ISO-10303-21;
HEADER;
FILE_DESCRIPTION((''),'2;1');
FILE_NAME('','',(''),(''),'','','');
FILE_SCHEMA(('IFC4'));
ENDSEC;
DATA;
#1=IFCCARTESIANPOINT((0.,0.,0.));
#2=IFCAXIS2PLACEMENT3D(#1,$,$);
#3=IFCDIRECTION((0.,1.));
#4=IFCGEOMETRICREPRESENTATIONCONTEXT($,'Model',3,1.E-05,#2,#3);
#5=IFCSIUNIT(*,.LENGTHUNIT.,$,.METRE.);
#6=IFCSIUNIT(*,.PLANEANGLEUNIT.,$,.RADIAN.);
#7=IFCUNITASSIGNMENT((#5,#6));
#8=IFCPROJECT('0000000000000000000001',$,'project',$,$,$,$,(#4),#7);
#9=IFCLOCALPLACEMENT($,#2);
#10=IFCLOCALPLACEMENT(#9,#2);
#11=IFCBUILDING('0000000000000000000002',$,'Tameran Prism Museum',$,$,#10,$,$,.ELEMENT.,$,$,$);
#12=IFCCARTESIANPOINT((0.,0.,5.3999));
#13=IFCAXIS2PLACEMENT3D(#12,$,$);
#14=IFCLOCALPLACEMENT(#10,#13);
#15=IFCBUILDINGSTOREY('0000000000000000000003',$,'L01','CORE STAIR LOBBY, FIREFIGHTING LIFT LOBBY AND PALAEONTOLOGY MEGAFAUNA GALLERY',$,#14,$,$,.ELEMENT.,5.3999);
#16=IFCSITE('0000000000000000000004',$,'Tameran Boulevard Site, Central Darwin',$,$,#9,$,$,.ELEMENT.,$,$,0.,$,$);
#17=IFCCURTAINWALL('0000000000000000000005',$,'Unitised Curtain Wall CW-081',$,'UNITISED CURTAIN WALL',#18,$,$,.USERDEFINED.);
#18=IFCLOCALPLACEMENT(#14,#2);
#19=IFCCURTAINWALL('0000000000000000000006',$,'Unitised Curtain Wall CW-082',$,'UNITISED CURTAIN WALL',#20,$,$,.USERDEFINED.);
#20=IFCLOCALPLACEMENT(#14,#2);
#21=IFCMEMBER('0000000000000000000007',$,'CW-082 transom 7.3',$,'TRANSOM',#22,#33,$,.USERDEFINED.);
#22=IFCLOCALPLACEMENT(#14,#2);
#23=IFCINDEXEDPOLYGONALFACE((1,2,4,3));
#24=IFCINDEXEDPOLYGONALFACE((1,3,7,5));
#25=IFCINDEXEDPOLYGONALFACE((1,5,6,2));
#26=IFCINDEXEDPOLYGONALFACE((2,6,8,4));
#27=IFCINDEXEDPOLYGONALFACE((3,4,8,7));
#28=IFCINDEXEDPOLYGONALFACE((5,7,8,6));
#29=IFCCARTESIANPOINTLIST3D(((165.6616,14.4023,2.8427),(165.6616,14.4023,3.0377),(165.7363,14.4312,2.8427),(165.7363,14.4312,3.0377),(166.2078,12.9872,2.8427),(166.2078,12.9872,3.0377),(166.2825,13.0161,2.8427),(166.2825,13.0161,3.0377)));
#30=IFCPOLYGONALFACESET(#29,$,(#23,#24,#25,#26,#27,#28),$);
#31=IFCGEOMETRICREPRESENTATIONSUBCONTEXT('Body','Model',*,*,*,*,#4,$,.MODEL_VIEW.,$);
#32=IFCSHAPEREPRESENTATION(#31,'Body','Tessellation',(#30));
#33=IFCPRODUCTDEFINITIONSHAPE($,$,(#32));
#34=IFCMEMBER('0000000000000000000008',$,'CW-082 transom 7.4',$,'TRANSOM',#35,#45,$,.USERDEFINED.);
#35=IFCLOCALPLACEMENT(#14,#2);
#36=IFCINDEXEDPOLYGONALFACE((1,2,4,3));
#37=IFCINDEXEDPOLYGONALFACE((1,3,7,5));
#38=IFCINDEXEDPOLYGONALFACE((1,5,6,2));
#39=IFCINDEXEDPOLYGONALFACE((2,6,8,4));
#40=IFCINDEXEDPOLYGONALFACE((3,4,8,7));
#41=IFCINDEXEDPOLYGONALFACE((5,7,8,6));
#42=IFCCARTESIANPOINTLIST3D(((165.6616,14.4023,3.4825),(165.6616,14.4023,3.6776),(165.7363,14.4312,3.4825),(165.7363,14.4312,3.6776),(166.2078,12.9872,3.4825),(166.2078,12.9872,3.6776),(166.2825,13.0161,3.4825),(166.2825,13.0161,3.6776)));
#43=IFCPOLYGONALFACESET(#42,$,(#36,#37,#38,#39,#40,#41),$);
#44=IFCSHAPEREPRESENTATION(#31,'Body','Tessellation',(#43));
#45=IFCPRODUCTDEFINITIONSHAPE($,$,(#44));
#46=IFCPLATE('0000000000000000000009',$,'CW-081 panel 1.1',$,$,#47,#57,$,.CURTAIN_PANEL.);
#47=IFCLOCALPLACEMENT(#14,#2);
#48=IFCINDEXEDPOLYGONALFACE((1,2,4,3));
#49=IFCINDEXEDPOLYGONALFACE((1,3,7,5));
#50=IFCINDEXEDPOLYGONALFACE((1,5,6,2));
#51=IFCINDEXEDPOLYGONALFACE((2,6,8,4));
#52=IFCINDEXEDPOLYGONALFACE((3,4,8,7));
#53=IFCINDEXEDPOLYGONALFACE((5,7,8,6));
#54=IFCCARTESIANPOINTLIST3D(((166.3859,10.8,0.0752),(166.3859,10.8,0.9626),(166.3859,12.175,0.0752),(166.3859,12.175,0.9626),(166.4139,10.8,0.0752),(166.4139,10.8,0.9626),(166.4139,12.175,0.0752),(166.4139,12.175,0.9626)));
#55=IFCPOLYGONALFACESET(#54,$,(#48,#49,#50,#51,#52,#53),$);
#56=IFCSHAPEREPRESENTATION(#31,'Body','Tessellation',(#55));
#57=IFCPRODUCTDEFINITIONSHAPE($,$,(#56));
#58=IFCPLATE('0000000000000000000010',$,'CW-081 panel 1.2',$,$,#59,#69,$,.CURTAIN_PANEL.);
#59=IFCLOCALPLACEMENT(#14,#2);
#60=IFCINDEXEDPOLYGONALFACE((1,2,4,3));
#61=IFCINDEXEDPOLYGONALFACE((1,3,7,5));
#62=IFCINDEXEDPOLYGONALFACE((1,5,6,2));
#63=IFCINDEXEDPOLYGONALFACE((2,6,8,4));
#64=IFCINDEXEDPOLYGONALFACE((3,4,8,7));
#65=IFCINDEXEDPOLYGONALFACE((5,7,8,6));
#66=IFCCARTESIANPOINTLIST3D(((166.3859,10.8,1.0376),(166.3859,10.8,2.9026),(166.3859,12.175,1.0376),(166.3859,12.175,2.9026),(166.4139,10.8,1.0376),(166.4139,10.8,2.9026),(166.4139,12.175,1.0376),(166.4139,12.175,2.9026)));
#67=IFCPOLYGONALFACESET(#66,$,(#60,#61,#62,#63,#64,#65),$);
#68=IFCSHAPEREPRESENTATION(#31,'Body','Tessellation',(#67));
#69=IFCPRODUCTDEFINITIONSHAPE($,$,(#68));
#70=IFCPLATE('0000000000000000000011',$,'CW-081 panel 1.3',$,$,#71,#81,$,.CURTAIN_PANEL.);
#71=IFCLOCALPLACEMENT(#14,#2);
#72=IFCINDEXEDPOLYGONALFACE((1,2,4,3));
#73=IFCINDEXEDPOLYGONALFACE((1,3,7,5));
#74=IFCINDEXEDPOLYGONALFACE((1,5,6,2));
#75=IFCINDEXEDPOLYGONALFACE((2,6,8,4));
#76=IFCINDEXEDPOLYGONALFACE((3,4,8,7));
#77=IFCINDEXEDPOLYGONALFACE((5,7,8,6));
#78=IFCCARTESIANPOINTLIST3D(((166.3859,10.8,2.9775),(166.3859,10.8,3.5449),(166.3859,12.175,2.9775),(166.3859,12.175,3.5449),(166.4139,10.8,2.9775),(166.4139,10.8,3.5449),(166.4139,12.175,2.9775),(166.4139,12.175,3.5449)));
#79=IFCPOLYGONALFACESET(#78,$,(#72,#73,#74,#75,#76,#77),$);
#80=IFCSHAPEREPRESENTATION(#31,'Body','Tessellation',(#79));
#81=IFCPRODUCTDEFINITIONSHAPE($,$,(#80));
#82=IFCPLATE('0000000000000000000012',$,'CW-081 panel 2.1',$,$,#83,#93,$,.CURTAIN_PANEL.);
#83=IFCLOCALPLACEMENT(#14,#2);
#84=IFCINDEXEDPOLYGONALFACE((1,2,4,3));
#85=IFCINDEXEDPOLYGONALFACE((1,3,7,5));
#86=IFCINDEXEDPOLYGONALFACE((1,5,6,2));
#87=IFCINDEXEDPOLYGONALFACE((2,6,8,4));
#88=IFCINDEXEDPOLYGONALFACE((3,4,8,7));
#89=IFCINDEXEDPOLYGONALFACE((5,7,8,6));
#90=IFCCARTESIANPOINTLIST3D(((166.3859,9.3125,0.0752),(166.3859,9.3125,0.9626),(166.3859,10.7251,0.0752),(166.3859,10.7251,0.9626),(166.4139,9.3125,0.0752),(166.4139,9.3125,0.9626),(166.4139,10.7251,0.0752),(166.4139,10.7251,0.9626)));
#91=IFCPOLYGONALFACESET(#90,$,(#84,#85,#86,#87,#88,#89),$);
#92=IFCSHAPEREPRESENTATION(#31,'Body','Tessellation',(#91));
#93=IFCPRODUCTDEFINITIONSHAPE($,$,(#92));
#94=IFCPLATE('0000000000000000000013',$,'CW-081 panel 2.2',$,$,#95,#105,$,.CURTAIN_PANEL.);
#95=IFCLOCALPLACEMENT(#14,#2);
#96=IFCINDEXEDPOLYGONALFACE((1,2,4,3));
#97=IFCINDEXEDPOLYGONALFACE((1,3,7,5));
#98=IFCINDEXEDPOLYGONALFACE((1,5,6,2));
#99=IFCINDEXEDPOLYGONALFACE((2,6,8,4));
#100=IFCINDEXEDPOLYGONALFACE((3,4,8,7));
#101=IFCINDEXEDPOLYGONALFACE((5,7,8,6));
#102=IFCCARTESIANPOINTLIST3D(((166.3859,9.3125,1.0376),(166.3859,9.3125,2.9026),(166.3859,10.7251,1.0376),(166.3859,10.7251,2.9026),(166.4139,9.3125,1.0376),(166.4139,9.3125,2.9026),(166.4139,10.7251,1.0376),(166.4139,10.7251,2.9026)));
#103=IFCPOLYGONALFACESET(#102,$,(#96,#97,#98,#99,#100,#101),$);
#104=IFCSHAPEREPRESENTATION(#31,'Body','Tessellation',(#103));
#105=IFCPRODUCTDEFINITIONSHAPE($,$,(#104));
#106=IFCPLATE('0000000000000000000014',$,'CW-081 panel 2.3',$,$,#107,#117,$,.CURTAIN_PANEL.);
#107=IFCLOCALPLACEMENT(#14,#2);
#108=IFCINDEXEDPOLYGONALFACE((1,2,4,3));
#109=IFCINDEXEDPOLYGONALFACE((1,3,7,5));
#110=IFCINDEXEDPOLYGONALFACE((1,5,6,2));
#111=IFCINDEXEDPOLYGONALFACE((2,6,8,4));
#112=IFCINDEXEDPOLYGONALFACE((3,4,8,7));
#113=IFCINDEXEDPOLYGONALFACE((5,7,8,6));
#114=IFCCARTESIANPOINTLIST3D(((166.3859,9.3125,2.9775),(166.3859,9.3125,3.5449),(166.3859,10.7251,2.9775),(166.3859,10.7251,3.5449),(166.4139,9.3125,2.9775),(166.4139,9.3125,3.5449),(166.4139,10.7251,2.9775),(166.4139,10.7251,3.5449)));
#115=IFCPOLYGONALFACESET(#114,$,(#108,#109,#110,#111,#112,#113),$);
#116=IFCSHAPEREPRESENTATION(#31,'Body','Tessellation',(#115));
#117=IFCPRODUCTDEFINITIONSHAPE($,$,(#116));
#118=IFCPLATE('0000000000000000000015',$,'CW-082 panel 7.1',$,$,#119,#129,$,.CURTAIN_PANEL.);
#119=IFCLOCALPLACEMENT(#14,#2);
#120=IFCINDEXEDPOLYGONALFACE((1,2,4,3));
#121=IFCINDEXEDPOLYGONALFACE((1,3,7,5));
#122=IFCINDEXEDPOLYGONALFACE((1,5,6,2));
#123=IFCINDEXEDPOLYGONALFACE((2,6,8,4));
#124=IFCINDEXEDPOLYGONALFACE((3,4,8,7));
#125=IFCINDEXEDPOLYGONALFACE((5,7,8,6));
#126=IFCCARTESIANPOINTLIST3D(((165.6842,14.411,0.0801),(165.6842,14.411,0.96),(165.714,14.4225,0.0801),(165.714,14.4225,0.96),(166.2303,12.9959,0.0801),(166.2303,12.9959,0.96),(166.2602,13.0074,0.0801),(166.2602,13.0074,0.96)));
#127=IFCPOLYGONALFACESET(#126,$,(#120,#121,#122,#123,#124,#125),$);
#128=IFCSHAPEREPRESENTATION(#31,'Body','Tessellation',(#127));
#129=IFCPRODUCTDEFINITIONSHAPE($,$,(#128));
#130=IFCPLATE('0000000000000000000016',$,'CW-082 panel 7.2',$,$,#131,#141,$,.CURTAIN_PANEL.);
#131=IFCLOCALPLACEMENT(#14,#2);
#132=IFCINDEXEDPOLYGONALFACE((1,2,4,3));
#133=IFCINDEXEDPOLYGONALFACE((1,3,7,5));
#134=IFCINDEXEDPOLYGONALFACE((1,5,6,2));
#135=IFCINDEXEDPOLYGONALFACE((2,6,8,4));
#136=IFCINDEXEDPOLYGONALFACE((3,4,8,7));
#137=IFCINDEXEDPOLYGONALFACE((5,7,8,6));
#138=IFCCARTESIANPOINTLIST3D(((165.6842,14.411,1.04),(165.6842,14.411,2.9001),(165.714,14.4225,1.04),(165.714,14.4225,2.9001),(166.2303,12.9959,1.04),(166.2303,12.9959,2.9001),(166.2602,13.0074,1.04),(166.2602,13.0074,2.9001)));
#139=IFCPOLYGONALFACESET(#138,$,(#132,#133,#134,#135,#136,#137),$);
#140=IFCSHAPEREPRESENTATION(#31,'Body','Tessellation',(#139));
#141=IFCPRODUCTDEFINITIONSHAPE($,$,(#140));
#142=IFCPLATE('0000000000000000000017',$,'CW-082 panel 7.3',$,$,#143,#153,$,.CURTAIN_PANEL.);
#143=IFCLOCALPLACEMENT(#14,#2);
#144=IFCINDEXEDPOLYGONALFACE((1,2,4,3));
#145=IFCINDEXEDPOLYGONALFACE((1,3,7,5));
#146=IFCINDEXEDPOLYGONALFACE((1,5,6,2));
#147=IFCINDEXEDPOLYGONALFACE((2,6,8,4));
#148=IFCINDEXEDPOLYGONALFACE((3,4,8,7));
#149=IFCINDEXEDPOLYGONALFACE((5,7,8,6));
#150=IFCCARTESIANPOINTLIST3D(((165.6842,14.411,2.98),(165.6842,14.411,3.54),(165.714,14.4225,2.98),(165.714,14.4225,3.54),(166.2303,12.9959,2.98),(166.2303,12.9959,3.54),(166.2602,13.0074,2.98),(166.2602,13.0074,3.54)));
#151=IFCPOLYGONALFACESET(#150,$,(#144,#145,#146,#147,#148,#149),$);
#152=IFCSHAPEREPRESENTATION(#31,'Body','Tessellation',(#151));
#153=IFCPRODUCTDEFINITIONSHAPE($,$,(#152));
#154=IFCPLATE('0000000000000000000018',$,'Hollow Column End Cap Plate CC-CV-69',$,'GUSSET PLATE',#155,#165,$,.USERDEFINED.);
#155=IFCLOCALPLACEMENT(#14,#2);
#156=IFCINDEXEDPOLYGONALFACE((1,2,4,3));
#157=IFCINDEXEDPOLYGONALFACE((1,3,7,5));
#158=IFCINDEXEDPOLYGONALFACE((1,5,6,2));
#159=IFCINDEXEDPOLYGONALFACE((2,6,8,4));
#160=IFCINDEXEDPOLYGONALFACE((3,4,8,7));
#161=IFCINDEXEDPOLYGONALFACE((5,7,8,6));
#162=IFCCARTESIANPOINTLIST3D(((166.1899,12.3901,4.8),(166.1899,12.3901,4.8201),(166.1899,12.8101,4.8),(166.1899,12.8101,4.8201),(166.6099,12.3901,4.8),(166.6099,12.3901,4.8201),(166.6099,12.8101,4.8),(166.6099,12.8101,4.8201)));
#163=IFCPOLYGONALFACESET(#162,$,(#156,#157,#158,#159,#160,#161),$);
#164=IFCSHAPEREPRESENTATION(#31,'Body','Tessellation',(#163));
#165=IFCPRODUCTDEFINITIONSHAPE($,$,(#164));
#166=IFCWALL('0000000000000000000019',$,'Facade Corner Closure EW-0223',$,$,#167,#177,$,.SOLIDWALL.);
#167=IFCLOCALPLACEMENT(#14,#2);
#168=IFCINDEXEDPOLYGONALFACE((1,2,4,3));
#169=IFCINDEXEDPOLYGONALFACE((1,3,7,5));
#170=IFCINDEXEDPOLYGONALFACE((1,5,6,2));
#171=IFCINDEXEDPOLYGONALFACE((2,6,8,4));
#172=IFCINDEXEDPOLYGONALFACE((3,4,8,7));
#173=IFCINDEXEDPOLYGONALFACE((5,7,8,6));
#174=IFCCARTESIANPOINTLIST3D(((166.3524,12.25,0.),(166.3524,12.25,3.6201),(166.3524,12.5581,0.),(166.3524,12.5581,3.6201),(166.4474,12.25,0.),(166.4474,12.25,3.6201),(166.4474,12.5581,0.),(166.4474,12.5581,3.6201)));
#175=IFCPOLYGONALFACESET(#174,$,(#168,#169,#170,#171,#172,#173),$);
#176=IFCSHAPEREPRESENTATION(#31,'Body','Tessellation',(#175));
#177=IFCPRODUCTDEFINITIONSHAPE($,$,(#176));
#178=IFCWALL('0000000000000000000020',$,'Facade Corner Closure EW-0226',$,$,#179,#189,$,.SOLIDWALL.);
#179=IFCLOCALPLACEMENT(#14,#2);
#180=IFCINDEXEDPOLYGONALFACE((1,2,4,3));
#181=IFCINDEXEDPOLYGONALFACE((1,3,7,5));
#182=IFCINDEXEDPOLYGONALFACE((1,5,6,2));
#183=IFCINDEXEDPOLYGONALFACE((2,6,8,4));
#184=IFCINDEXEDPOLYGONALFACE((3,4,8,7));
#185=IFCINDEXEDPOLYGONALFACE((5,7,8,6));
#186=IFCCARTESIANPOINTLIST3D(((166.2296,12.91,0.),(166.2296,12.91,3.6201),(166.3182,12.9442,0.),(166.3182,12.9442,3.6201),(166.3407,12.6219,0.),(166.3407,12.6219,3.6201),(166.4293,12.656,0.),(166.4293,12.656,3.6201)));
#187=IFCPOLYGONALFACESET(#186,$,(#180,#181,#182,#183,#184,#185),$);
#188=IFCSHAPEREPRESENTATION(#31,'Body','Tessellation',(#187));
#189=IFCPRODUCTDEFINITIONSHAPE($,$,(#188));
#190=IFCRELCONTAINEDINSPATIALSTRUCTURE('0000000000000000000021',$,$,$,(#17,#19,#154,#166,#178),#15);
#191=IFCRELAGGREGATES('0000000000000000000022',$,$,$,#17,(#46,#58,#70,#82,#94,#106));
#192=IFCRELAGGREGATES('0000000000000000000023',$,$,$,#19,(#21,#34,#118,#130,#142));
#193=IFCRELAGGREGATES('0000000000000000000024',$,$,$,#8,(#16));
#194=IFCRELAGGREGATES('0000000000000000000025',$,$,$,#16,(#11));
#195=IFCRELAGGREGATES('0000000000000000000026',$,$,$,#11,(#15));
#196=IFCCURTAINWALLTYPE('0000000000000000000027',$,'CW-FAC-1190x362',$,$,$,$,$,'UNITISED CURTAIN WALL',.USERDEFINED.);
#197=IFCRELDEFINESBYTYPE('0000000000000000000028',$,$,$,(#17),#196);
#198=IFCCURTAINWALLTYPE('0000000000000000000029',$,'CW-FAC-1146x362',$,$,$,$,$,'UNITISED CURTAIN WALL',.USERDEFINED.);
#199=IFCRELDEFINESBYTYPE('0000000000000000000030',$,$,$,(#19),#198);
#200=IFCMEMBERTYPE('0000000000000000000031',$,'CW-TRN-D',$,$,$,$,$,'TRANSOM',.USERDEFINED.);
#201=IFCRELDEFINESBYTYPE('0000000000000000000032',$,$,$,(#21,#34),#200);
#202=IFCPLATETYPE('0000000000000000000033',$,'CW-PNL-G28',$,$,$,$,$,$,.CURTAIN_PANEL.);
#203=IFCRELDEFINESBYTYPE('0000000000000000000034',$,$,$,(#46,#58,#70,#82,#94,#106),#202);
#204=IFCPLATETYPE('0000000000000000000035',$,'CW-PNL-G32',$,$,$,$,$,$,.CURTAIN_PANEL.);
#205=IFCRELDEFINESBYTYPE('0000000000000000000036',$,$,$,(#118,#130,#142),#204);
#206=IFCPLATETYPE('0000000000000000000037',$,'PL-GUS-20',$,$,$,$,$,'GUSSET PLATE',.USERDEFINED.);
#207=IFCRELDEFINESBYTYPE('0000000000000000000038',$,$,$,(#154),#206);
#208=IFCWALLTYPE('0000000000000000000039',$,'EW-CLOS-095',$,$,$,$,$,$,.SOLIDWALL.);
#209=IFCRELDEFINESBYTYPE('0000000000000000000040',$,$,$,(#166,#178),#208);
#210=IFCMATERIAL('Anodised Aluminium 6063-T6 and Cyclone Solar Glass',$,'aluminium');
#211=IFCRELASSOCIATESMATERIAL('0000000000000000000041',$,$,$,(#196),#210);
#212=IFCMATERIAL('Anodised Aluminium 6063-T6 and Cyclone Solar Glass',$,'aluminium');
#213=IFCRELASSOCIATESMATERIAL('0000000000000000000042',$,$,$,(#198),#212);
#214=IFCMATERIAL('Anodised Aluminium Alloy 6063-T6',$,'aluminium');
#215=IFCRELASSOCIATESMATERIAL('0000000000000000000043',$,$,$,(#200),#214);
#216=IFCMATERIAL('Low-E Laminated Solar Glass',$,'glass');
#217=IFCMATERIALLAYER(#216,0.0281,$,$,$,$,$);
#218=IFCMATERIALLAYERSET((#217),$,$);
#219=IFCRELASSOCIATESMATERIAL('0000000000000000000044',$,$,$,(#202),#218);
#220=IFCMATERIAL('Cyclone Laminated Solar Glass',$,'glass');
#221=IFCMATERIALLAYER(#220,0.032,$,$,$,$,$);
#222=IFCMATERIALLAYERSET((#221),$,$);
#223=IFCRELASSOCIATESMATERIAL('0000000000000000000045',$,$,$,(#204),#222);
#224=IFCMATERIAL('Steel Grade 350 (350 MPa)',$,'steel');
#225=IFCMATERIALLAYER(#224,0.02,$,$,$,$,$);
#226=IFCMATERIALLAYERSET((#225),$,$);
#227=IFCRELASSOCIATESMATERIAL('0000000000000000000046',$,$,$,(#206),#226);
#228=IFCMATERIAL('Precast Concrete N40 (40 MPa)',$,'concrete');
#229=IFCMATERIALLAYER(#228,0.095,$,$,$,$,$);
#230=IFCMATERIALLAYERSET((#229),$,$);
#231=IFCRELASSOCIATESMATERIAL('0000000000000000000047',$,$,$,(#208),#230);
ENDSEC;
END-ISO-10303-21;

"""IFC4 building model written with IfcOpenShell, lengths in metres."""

from ifc_helpers import new_model, si_unit, direction, frame, frame_2d, origin, origin_2d, place, context, subcontext, project, spatial, rectangle, extrude, material, layer, layer_set, material_profile, profile_set, type_object, element, aggregate, save


model = new_model("IFC4")

# Units and contexts
model_context = context("Model", 3, precision=1e-05, world=origin(), true_north=direction((0.0, 1.0)))
body_context = subcontext(model_context, "Body", "Model", "MODEL_VIEW")
ifc_project = project(units=[si_unit("LENGTHUNIT", "METRE"), si_unit("PLANEANGLEUNIT", "RADIAN")], contexts=[model_context])

# Site, building, storey
site_placement = place(None, origin())
site = spatial("IfcSite", under=ifc_project, at=site_placement, Name="Tameran Boulevard Site, Central Darwin", CompositionType="ELEMENT", RefElevation=0.0)
building_placement = place(site_placement, origin())
building = spatial("IfcBuilding", under=site, at=building_placement, Name="Tameran Prism Museum", CompositionType="ELEMENT")
storey_placement = place(building_placement, frame((0.0, 0.0, 5.3999)))
storey = spatial("IfcBuildingStorey", under=building, at=storey_placement, Name="L01", Description="CORE STAIR LOBBY, FIREFIGHTING LIFT LOBBY AND PALAEONTOLOGY MEGAFAUNA GALLERY", CompositionType="ELEMENT", Elevation=5.3999)

# Curtain walls
ifc_material_1 = material(Name="Anodised Aluminium 6063-T6 and Cyclone Solar Glass", Category="aluminium")
curtain_wall_type_1 = type_object("IfcCurtainWallType", Name="CW-FAC-1190x362", ElementType="UNITISED CURTAIN WALL", PredefinedType="USERDEFINED", material=ifc_material_1)
curtain_wall_1_placement = place(storey_placement, origin())
curtain_wall_1 = element("IfcCurtainWall", 1, at=curtain_wall_1_placement, inside=storey, type_object=curtain_wall_type_1, Name="Unitised Curtain Wall CW-081", ObjectType="UNITISED CURTAIN WALL", PredefinedType="USERDEFINED")
ifc_material_2 = material(Name="Anodised Aluminium 6063-T6 and Cyclone Solar Glass", Category="aluminium")
curtain_wall_type_2 = type_object("IfcCurtainWallType", Name="CW-FAC-1146x362", ElementType="UNITISED CURTAIN WALL", PredefinedType="USERDEFINED", material=ifc_material_2)
curtain_wall_2_placement = place(storey_placement, origin())
curtain_wall_2 = element("IfcCurtainWall", 2, at=curtain_wall_2_placement, inside=storey, type_object=curtain_wall_type_2, Name="Unitised Curtain Wall CW-082", ObjectType="UNITISED CURTAIN WALL", PredefinedType="USERDEFINED")

# Members
ifc_material_3 = material(Name="Anodised Aluminium Alloy 6063-T6", Category="aluminium")
ifc_material_profile_1 = material_profile(ifc_material_3, rectangle(XDim=0.0801, YDim=0.1951, at=origin_2d()))
ifc_profile_set_1 = profile_set([ifc_material_profile_1])
member_type_1 = type_object("IfcMemberType", Name="CW-TRN-D", ElementType="TRANSOM", PredefinedType="USERDEFINED", material=ifc_profile_set_1)
member_1_placement = place(storey_placement, frame((165.699, 14.4167, 2.9402), z_axis=(0.360068, -0.932926, 0.0), x_axis=(0.932926, 0.360068, 0.0)))
member_1 = element("IfcMember", 3, at=member_1_placement, type_object=member_type_1, Name="CW-082 transom 7.3", ObjectType="TRANSOM", PredefinedType="USERDEFINED", context=body_context, shape_type="SweptSolid", body=[
    extrude(rectangle(XDim=0.0801, YDim=0.1951, at=origin_2d()), origin(), (0.0, 0.0, 1.0), 1.5168),
])
member_2_placement = place(storey_placement, frame((165.699, 14.4167, 3.5801), z_axis=(0.360068, -0.932926, 0.0), x_axis=(0.932926, 0.360068, 0.0)))
member_2 = element("IfcMember", 4, at=member_2_placement, type_object=member_type_1, Name="CW-082 transom 7.4", ObjectType="TRANSOM", PredefinedType="USERDEFINED", context=body_context, shape_type="SweptSolid", body=[
    extrude(rectangle(XDim=0.0801, YDim=0.1951, at=origin_2d()), origin(), (0.0, 0.0, 1.0), 1.5168),
])

# Plates
ifc_material_4 = material(Name="Low-E Laminated Solar Glass", Category="glass")
ifc_layer_1 = layer(ifc_material_4, 0.0281)
ifc_layer_set_1 = layer_set([ifc_layer_1])
plate_type_1 = type_object("IfcPlateType", Name="CW-PNL-G28", PredefinedType="CURTAIN_PANEL", material=ifc_layer_set_1)
plate_1_placement = place(storey_placement, frame((166.3999, 11.4875, 0.0752), z_axis=(0.0, 0.0, 1.0), x_axis=(0.0, -1.0, 0.0)))
plate_1 = element("IfcPlate", 5, at=plate_1_placement, type_object=plate_type_1, Name="CW-081 panel 1.1", PredefinedType="CURTAIN_PANEL", context=body_context, shape_type="SweptSolid", body=[
    extrude(rectangle(XDim=1.375, YDim=0.0281, at=origin_2d()), origin(), (0.0, 0.0, 1.0), 0.8875),
])
plate_2_placement = place(storey_placement, frame((166.3999, 11.4875, 1.0376), z_axis=(0.0, 0.0, 1.0), x_axis=(0.0, -1.0, 0.0)))
plate_2 = element("IfcPlate", 6, at=plate_2_placement, type_object=plate_type_1, Name="CW-081 panel 1.2", PredefinedType="CURTAIN_PANEL", context=body_context, shape_type="SweptSolid", body=[
    extrude(rectangle(XDim=1.375, YDim=0.0281, at=origin_2d()), origin(), (0.0, 0.0, 1.0), 1.865),
])
plate_3_placement = place(storey_placement, frame((166.3999, 11.4875, 2.9775), z_axis=(0.0, 0.0, 1.0), x_axis=(0.0, -1.0, 0.0)))
plate_3 = element("IfcPlate", 7, at=plate_3_placement, type_object=plate_type_1, Name="CW-081 panel 1.3", PredefinedType="CURTAIN_PANEL", context=body_context, shape_type="SweptSolid", body=[
    extrude(rectangle(XDim=1.375, YDim=0.0281, at=origin_2d()), origin(), (0.0, 0.0, 1.0), 0.5674),
])
plate_4_placement = place(storey_placement, frame((166.3999, 10.0188, 0.0752), z_axis=(0.0, 0.0, 1.0), x_axis=(0.0, -1.0, 0.0)))
plate_4 = element("IfcPlate", 8, at=plate_4_placement, type_object=plate_type_1, Name="CW-081 panel 2.1", PredefinedType="CURTAIN_PANEL", context=body_context, shape_type="SweptSolid", body=[
    extrude(rectangle(XDim=1.4126, YDim=0.0281, at=origin_2d()), origin(), (0.0, 0.0, 1.0), 0.8875),
])
plate_5_placement = place(storey_placement, frame((166.3999, 10.0188, 1.0376), z_axis=(0.0, 0.0, 1.0), x_axis=(0.0, -1.0, 0.0)))
plate_5 = element("IfcPlate", 9, at=plate_5_placement, type_object=plate_type_1, Name="CW-081 panel 2.2", PredefinedType="CURTAIN_PANEL", context=body_context, shape_type="SweptSolid", body=[
    extrude(rectangle(XDim=1.4126, YDim=0.0281, at=origin_2d()), origin(), (0.0, 0.0, 1.0), 1.865),
])
plate_6_placement = place(storey_placement, frame((166.3999, 10.0188, 2.9775), z_axis=(0.0, 0.0, 1.0), x_axis=(0.0, -1.0, 0.0)))
plate_6 = element("IfcPlate", 10, at=plate_6_placement, type_object=plate_type_1, Name="CW-081 panel 2.3", PredefinedType="CURTAIN_PANEL", context=body_context, shape_type="SweptSolid", body=[
    extrude(rectangle(XDim=1.4126, YDim=0.0281, at=origin_2d()), origin(), (0.0, 0.0, 1.0), 0.5674),
])
aggregate(curtain_wall_1, [plate_1, plate_2, plate_3, plate_4, plate_5, plate_6])
ifc_material_5 = material(Name="Cyclone Laminated Solar Glass", Category="glass")
ifc_layer_2 = layer(ifc_material_5, 0.032)
ifc_layer_set_2 = layer_set([ifc_layer_2])
plate_type_2 = type_object("IfcPlateType", Name="CW-PNL-G32", PredefinedType="CURTAIN_PANEL", material=ifc_layer_set_2)
plate_7_placement = place(storey_placement, frame((165.9722, 13.7092, 0.0801), z_axis=(0.0, 0.0, 1.0), x_axis=(0.360078, -0.932922, 0.0)))
plate_7 = element("IfcPlate", 11, at=plate_7_placement, type_object=plate_type_2, Name="CW-082 panel 7.1", PredefinedType="CURTAIN_PANEL", context=body_context, shape_type="SweptSolid", body=[
    extrude(rectangle(XDim=1.5168, YDim=0.032, at=origin_2d()), origin(), (0.0, 0.0, 1.0), 0.8799),
])
plate_8_placement = place(storey_placement, frame((165.9722, 13.7092, 1.04), z_axis=(0.0, 0.0, 1.0), x_axis=(0.360078, -0.932922, 0.0)))
plate_8 = element("IfcPlate", 12, at=plate_8_placement, type_object=plate_type_2, Name="CW-082 panel 7.2", PredefinedType="CURTAIN_PANEL", context=body_context, shape_type="SweptSolid", body=[
    extrude(rectangle(XDim=1.5168, YDim=0.032, at=origin_2d()), origin(), (0.0, 0.0, 1.0), 1.8601),
])
plate_9_placement = place(storey_placement, frame((165.9722, 13.7092, 2.98), z_axis=(0.0, 0.0, 1.0), x_axis=(0.360078, -0.932922, 0.0)))
plate_9 = element("IfcPlate", 13, at=plate_9_placement, type_object=plate_type_2, Name="CW-082 panel 7.3", PredefinedType="CURTAIN_PANEL", context=body_context, shape_type="SweptSolid", body=[
    extrude(rectangle(XDim=1.5168, YDim=0.032, at=origin_2d()), origin(), (0.0, 0.0, 1.0), 0.5601),
])
aggregate(curtain_wall_2, [member_1, member_2, plate_7, plate_8, plate_9])
ifc_material_6 = material(Name="Steel Grade 350 (350 MPa)", Category="steel")
ifc_layer_3 = layer(ifc_material_6, 0.02)
ifc_layer_set_3 = layer_set([ifc_layer_3])
plate_type_3 = type_object("IfcPlateType", Name="PL-GUS-20", ElementType="GUSSET PLATE", PredefinedType="USERDEFINED", material=ifc_layer_set_3)
plate_10_placement = place(storey_placement, frame((166.3999, 12.6001, 4.8), z_axis=(0.0, 0.0, 1.0), x_axis=(1.0, 0.0, 0.0)))
element("IfcPlate", 14, at=plate_10_placement, inside=storey, type_object=plate_type_3, Name="Hollow Column End Cap Plate CC-CV-69", ObjectType="GUSSET PLATE", PredefinedType="USERDEFINED", context=body_context, shape_type="SweptSolid", body=[
    extrude(rectangle(XDim=0.4199, YDim=0.4199, at=origin_2d()), origin(), (0.0, 0.0, 1.0), 0.02),
])

# Walls
ifc_material_7 = material(Name="Precast Concrete N40 (40 MPa)", Category="concrete")
ifc_layer_4 = layer(ifc_material_7, 0.095)
ifc_layer_set_4 = layer_set([ifc_layer_4])
wall_type = type_object("IfcWallType", Name="EW-CLOS-095", PredefinedType="SOLIDWALL", material=ifc_layer_set_4)
wall_1_placement = place(storey_placement, frame((166.3999, 12.5581, 0.0), z_axis=(0.0, 0.0, 1.0), x_axis=(0.0, -1.0, 0.0)))
element("IfcWall", 15, at=wall_1_placement, inside=storey, type_object=wall_type, Name="Facade Corner Closure EW-0223", PredefinedType="SOLIDWALL", context=body_context, shape_type="SweptSolid", body=[
    extrude(rectangle(XDim=0.3081, YDim=0.095, at=frame_2d((0.1541, 0.0))), origin(), (0.0, 0.0, 1.0), 3.6201),
])
wall_2_placement = place(storey_placement, frame((166.2739, 12.927, 0.0), z_axis=(0.0, 0.0, 1.0), x_axis=(0.359774, -0.93304, 0.0)))
element("IfcWall", 16, at=wall_2_placement, inside=storey, type_object=wall_type, Name="Facade Corner Closure EW-0226", PredefinedType="SOLIDWALL", context=body_context, shape_type="SweptSolid", body=[
    extrude(rectangle(XDim=0.3088, YDim=0.095, at=frame_2d((0.1543, 0.0))), origin(), (0.0, 0.0, 1.0), 3.6201),
])

save(model, "model.ifc")
